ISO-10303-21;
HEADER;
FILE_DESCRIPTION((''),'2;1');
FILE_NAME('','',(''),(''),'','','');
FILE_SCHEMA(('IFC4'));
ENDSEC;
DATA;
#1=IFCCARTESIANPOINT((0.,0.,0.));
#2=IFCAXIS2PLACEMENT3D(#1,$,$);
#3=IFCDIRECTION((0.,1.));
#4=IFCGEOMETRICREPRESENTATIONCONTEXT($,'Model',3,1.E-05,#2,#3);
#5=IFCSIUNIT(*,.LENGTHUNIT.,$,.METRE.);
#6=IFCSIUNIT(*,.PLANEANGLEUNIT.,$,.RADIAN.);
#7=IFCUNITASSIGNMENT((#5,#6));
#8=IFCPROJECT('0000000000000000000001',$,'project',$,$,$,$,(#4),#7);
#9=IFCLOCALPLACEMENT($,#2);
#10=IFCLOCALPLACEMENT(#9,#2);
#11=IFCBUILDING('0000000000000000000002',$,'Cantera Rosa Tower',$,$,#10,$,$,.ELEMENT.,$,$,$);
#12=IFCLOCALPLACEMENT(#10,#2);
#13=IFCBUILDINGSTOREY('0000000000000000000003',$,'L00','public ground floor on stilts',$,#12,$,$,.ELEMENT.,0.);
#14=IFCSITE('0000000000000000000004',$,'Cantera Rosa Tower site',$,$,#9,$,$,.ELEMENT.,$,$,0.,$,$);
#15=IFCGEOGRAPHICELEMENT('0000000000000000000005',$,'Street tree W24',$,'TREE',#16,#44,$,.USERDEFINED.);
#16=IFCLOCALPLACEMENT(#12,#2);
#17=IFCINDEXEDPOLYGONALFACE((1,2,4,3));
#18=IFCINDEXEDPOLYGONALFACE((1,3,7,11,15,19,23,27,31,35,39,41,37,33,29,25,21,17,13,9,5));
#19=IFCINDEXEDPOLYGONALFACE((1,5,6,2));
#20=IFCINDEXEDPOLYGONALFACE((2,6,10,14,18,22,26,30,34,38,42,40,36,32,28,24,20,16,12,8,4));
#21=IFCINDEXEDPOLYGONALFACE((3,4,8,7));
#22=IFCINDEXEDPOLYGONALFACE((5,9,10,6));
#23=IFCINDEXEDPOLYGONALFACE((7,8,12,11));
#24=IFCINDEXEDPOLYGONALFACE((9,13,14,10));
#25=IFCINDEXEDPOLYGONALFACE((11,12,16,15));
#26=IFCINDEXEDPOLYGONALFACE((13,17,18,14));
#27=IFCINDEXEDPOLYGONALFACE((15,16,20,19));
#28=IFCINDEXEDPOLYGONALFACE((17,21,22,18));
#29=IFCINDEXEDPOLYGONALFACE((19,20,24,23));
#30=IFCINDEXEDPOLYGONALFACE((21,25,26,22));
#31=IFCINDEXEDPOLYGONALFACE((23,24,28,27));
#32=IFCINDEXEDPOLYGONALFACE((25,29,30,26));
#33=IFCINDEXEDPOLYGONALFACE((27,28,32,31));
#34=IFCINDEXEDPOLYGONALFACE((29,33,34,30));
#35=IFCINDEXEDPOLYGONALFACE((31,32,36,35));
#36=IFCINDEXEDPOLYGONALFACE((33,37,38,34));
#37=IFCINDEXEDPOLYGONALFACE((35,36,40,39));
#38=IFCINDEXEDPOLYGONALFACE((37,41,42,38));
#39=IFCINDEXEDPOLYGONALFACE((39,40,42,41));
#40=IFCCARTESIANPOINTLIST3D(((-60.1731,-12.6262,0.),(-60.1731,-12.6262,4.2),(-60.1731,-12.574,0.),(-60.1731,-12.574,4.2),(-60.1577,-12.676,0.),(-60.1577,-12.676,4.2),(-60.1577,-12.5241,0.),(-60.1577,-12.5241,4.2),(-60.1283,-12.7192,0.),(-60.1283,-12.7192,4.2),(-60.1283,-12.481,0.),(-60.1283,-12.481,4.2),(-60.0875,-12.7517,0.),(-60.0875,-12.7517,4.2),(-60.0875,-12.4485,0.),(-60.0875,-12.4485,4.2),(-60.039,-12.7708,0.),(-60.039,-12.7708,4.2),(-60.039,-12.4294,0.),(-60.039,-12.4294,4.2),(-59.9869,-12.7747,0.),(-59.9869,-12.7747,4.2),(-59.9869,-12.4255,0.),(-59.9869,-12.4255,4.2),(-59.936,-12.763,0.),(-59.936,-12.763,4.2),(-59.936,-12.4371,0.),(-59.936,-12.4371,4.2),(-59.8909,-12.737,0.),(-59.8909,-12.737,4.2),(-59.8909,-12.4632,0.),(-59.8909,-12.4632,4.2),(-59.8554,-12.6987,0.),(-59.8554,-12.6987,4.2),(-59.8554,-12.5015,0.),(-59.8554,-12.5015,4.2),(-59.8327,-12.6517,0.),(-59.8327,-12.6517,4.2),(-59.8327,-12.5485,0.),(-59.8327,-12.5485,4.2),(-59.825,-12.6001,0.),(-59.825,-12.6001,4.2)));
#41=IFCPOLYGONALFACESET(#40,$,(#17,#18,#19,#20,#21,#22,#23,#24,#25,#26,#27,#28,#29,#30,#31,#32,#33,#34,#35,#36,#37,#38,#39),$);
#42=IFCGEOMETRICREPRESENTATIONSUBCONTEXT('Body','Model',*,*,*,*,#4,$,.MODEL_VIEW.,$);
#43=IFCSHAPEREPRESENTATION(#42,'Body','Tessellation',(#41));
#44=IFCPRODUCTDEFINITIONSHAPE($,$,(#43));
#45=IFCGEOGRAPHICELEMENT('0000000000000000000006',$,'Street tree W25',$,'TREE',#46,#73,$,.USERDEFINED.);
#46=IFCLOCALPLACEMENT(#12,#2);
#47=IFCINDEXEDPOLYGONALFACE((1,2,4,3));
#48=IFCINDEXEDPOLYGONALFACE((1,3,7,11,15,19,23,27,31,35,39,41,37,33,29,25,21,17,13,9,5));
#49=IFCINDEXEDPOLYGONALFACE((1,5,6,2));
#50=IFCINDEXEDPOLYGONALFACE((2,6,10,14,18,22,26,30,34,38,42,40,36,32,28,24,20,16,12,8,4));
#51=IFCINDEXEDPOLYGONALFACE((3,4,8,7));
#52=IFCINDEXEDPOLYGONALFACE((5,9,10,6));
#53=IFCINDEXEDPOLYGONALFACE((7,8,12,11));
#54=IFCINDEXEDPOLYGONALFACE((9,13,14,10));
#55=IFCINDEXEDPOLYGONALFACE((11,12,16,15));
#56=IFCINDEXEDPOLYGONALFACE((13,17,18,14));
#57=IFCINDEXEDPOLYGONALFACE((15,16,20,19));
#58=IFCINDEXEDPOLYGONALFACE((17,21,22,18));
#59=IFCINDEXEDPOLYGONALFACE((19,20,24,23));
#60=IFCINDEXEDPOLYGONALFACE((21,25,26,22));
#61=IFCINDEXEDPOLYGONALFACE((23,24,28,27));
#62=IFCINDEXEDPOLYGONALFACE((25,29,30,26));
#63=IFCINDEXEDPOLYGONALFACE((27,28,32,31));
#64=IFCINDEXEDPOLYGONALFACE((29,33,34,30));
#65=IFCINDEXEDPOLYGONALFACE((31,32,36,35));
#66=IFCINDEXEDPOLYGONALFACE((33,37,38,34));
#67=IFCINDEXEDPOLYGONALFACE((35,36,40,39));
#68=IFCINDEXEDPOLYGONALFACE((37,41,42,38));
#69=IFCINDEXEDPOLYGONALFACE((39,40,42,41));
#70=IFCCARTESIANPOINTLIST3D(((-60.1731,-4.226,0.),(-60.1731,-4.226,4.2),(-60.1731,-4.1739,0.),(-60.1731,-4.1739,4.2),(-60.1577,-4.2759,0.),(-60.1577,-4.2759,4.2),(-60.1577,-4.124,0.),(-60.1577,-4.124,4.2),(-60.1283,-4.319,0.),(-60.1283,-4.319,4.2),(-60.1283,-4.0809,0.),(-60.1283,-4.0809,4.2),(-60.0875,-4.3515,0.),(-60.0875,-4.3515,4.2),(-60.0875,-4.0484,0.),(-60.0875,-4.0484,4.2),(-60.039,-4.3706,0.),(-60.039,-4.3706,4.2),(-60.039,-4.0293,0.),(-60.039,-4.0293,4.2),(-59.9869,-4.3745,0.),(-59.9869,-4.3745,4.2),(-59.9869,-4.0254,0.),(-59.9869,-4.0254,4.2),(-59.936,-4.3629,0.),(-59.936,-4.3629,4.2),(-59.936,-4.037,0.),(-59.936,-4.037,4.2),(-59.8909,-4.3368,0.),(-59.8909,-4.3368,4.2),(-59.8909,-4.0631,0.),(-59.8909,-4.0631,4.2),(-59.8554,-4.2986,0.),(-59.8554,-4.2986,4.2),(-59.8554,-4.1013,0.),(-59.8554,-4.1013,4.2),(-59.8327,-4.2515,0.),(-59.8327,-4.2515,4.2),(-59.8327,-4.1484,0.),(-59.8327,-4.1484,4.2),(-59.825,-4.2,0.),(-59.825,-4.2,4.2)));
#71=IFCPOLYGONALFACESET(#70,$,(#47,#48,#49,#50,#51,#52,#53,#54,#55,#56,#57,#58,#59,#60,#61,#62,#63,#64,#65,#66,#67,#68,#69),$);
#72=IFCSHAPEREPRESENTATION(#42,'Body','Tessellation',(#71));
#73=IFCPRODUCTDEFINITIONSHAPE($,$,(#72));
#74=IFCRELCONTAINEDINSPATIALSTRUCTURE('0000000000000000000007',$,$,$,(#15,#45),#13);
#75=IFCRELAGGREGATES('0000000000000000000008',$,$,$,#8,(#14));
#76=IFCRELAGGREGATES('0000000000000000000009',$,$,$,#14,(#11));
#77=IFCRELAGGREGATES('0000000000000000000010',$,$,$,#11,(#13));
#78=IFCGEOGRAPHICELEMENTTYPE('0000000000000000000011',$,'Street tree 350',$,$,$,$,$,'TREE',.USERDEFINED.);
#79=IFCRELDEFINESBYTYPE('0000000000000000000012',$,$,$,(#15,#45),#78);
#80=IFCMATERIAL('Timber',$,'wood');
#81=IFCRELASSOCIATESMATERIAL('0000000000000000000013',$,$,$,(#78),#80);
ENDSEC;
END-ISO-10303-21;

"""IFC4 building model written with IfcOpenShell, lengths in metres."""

from ifc_helpers import new_model, si_unit, direction, frame, origin, origin_2d, place, context, subcontext, project, spatial, circle, extrude, material, material_profile, profile_set, type_object, element, save


model = new_model("IFC4")

# Units and contexts
model_context = context("Model", 3, precision=1e-05, world=origin(), true_north=direction((0.0, 1.0)))
body_context = subcontext(model_context, "Body", "Model", "MODEL_VIEW")
ifc_project = project(units=[si_unit("LENGTHUNIT", "METRE"), si_unit("PLANEANGLEUNIT", "RADIAN")], contexts=[model_context])

# Site, building, storey
site_placement = place(None, origin())
site = spatial("IfcSite", under=ifc_project, at=site_placement, Name="Cantera Rosa Tower site", CompositionType="ELEMENT", RefElevation=0.0)
building_placement = place(site_placement, origin())
building = spatial("IfcBuilding", under=site, at=building_placement, Name="Cantera Rosa Tower", CompositionType="ELEMENT")
storey_placement = place(building_placement, origin())
storey = spatial("IfcBuildingStorey", under=building, at=storey_placement, Name="L00", Description="public ground floor on stilts", CompositionType="ELEMENT", Elevation=0.0)

# Geographic elements
ifc_material_1 = material(Name="Timber", Category="wood")
ifc_material_profile_1 = material_profile(ifc_material_1, circle(Radius=0.175, at=origin_2d()), Name="Street tree 350")
ifc_profile_set_1 = profile_set([ifc_material_profile_1], Name="Timber")
geographic_element_type = type_object("IfcGeographicElementType", Name="Street tree 350", ElementType="TREE", PredefinedType="USERDEFINED", material=ifc_profile_set_1)
for number, where, z_axis, x_axis, name in (
    (1, (-60.0, -12.6001, 0.0), (0.0, 0.0, 1.0), (1.0, 0.0, 0.0), "Street tree W24"),
    (2, (-60.0, -4.2, 0.0), (0.0, 0.0, 1.0), (1.0, 0.0, 0.0), "Street tree W25"),
):
    element("IfcGeographicElement", number, at=place(storey_placement, frame(where, z_axis=z_axis, x_axis=x_axis)), inside=storey, type_object=geographic_element_type, Name=name, ObjectType="TREE", PredefinedType="USERDEFINED", context=body_context, shape_type="SweptSolid", body=[
        extrude(circle(Radius=0.175, at=origin_2d()), origin(), (0.0, 0.0, 1.0), 4.2),
    ])

save(model, "model.ifc")
